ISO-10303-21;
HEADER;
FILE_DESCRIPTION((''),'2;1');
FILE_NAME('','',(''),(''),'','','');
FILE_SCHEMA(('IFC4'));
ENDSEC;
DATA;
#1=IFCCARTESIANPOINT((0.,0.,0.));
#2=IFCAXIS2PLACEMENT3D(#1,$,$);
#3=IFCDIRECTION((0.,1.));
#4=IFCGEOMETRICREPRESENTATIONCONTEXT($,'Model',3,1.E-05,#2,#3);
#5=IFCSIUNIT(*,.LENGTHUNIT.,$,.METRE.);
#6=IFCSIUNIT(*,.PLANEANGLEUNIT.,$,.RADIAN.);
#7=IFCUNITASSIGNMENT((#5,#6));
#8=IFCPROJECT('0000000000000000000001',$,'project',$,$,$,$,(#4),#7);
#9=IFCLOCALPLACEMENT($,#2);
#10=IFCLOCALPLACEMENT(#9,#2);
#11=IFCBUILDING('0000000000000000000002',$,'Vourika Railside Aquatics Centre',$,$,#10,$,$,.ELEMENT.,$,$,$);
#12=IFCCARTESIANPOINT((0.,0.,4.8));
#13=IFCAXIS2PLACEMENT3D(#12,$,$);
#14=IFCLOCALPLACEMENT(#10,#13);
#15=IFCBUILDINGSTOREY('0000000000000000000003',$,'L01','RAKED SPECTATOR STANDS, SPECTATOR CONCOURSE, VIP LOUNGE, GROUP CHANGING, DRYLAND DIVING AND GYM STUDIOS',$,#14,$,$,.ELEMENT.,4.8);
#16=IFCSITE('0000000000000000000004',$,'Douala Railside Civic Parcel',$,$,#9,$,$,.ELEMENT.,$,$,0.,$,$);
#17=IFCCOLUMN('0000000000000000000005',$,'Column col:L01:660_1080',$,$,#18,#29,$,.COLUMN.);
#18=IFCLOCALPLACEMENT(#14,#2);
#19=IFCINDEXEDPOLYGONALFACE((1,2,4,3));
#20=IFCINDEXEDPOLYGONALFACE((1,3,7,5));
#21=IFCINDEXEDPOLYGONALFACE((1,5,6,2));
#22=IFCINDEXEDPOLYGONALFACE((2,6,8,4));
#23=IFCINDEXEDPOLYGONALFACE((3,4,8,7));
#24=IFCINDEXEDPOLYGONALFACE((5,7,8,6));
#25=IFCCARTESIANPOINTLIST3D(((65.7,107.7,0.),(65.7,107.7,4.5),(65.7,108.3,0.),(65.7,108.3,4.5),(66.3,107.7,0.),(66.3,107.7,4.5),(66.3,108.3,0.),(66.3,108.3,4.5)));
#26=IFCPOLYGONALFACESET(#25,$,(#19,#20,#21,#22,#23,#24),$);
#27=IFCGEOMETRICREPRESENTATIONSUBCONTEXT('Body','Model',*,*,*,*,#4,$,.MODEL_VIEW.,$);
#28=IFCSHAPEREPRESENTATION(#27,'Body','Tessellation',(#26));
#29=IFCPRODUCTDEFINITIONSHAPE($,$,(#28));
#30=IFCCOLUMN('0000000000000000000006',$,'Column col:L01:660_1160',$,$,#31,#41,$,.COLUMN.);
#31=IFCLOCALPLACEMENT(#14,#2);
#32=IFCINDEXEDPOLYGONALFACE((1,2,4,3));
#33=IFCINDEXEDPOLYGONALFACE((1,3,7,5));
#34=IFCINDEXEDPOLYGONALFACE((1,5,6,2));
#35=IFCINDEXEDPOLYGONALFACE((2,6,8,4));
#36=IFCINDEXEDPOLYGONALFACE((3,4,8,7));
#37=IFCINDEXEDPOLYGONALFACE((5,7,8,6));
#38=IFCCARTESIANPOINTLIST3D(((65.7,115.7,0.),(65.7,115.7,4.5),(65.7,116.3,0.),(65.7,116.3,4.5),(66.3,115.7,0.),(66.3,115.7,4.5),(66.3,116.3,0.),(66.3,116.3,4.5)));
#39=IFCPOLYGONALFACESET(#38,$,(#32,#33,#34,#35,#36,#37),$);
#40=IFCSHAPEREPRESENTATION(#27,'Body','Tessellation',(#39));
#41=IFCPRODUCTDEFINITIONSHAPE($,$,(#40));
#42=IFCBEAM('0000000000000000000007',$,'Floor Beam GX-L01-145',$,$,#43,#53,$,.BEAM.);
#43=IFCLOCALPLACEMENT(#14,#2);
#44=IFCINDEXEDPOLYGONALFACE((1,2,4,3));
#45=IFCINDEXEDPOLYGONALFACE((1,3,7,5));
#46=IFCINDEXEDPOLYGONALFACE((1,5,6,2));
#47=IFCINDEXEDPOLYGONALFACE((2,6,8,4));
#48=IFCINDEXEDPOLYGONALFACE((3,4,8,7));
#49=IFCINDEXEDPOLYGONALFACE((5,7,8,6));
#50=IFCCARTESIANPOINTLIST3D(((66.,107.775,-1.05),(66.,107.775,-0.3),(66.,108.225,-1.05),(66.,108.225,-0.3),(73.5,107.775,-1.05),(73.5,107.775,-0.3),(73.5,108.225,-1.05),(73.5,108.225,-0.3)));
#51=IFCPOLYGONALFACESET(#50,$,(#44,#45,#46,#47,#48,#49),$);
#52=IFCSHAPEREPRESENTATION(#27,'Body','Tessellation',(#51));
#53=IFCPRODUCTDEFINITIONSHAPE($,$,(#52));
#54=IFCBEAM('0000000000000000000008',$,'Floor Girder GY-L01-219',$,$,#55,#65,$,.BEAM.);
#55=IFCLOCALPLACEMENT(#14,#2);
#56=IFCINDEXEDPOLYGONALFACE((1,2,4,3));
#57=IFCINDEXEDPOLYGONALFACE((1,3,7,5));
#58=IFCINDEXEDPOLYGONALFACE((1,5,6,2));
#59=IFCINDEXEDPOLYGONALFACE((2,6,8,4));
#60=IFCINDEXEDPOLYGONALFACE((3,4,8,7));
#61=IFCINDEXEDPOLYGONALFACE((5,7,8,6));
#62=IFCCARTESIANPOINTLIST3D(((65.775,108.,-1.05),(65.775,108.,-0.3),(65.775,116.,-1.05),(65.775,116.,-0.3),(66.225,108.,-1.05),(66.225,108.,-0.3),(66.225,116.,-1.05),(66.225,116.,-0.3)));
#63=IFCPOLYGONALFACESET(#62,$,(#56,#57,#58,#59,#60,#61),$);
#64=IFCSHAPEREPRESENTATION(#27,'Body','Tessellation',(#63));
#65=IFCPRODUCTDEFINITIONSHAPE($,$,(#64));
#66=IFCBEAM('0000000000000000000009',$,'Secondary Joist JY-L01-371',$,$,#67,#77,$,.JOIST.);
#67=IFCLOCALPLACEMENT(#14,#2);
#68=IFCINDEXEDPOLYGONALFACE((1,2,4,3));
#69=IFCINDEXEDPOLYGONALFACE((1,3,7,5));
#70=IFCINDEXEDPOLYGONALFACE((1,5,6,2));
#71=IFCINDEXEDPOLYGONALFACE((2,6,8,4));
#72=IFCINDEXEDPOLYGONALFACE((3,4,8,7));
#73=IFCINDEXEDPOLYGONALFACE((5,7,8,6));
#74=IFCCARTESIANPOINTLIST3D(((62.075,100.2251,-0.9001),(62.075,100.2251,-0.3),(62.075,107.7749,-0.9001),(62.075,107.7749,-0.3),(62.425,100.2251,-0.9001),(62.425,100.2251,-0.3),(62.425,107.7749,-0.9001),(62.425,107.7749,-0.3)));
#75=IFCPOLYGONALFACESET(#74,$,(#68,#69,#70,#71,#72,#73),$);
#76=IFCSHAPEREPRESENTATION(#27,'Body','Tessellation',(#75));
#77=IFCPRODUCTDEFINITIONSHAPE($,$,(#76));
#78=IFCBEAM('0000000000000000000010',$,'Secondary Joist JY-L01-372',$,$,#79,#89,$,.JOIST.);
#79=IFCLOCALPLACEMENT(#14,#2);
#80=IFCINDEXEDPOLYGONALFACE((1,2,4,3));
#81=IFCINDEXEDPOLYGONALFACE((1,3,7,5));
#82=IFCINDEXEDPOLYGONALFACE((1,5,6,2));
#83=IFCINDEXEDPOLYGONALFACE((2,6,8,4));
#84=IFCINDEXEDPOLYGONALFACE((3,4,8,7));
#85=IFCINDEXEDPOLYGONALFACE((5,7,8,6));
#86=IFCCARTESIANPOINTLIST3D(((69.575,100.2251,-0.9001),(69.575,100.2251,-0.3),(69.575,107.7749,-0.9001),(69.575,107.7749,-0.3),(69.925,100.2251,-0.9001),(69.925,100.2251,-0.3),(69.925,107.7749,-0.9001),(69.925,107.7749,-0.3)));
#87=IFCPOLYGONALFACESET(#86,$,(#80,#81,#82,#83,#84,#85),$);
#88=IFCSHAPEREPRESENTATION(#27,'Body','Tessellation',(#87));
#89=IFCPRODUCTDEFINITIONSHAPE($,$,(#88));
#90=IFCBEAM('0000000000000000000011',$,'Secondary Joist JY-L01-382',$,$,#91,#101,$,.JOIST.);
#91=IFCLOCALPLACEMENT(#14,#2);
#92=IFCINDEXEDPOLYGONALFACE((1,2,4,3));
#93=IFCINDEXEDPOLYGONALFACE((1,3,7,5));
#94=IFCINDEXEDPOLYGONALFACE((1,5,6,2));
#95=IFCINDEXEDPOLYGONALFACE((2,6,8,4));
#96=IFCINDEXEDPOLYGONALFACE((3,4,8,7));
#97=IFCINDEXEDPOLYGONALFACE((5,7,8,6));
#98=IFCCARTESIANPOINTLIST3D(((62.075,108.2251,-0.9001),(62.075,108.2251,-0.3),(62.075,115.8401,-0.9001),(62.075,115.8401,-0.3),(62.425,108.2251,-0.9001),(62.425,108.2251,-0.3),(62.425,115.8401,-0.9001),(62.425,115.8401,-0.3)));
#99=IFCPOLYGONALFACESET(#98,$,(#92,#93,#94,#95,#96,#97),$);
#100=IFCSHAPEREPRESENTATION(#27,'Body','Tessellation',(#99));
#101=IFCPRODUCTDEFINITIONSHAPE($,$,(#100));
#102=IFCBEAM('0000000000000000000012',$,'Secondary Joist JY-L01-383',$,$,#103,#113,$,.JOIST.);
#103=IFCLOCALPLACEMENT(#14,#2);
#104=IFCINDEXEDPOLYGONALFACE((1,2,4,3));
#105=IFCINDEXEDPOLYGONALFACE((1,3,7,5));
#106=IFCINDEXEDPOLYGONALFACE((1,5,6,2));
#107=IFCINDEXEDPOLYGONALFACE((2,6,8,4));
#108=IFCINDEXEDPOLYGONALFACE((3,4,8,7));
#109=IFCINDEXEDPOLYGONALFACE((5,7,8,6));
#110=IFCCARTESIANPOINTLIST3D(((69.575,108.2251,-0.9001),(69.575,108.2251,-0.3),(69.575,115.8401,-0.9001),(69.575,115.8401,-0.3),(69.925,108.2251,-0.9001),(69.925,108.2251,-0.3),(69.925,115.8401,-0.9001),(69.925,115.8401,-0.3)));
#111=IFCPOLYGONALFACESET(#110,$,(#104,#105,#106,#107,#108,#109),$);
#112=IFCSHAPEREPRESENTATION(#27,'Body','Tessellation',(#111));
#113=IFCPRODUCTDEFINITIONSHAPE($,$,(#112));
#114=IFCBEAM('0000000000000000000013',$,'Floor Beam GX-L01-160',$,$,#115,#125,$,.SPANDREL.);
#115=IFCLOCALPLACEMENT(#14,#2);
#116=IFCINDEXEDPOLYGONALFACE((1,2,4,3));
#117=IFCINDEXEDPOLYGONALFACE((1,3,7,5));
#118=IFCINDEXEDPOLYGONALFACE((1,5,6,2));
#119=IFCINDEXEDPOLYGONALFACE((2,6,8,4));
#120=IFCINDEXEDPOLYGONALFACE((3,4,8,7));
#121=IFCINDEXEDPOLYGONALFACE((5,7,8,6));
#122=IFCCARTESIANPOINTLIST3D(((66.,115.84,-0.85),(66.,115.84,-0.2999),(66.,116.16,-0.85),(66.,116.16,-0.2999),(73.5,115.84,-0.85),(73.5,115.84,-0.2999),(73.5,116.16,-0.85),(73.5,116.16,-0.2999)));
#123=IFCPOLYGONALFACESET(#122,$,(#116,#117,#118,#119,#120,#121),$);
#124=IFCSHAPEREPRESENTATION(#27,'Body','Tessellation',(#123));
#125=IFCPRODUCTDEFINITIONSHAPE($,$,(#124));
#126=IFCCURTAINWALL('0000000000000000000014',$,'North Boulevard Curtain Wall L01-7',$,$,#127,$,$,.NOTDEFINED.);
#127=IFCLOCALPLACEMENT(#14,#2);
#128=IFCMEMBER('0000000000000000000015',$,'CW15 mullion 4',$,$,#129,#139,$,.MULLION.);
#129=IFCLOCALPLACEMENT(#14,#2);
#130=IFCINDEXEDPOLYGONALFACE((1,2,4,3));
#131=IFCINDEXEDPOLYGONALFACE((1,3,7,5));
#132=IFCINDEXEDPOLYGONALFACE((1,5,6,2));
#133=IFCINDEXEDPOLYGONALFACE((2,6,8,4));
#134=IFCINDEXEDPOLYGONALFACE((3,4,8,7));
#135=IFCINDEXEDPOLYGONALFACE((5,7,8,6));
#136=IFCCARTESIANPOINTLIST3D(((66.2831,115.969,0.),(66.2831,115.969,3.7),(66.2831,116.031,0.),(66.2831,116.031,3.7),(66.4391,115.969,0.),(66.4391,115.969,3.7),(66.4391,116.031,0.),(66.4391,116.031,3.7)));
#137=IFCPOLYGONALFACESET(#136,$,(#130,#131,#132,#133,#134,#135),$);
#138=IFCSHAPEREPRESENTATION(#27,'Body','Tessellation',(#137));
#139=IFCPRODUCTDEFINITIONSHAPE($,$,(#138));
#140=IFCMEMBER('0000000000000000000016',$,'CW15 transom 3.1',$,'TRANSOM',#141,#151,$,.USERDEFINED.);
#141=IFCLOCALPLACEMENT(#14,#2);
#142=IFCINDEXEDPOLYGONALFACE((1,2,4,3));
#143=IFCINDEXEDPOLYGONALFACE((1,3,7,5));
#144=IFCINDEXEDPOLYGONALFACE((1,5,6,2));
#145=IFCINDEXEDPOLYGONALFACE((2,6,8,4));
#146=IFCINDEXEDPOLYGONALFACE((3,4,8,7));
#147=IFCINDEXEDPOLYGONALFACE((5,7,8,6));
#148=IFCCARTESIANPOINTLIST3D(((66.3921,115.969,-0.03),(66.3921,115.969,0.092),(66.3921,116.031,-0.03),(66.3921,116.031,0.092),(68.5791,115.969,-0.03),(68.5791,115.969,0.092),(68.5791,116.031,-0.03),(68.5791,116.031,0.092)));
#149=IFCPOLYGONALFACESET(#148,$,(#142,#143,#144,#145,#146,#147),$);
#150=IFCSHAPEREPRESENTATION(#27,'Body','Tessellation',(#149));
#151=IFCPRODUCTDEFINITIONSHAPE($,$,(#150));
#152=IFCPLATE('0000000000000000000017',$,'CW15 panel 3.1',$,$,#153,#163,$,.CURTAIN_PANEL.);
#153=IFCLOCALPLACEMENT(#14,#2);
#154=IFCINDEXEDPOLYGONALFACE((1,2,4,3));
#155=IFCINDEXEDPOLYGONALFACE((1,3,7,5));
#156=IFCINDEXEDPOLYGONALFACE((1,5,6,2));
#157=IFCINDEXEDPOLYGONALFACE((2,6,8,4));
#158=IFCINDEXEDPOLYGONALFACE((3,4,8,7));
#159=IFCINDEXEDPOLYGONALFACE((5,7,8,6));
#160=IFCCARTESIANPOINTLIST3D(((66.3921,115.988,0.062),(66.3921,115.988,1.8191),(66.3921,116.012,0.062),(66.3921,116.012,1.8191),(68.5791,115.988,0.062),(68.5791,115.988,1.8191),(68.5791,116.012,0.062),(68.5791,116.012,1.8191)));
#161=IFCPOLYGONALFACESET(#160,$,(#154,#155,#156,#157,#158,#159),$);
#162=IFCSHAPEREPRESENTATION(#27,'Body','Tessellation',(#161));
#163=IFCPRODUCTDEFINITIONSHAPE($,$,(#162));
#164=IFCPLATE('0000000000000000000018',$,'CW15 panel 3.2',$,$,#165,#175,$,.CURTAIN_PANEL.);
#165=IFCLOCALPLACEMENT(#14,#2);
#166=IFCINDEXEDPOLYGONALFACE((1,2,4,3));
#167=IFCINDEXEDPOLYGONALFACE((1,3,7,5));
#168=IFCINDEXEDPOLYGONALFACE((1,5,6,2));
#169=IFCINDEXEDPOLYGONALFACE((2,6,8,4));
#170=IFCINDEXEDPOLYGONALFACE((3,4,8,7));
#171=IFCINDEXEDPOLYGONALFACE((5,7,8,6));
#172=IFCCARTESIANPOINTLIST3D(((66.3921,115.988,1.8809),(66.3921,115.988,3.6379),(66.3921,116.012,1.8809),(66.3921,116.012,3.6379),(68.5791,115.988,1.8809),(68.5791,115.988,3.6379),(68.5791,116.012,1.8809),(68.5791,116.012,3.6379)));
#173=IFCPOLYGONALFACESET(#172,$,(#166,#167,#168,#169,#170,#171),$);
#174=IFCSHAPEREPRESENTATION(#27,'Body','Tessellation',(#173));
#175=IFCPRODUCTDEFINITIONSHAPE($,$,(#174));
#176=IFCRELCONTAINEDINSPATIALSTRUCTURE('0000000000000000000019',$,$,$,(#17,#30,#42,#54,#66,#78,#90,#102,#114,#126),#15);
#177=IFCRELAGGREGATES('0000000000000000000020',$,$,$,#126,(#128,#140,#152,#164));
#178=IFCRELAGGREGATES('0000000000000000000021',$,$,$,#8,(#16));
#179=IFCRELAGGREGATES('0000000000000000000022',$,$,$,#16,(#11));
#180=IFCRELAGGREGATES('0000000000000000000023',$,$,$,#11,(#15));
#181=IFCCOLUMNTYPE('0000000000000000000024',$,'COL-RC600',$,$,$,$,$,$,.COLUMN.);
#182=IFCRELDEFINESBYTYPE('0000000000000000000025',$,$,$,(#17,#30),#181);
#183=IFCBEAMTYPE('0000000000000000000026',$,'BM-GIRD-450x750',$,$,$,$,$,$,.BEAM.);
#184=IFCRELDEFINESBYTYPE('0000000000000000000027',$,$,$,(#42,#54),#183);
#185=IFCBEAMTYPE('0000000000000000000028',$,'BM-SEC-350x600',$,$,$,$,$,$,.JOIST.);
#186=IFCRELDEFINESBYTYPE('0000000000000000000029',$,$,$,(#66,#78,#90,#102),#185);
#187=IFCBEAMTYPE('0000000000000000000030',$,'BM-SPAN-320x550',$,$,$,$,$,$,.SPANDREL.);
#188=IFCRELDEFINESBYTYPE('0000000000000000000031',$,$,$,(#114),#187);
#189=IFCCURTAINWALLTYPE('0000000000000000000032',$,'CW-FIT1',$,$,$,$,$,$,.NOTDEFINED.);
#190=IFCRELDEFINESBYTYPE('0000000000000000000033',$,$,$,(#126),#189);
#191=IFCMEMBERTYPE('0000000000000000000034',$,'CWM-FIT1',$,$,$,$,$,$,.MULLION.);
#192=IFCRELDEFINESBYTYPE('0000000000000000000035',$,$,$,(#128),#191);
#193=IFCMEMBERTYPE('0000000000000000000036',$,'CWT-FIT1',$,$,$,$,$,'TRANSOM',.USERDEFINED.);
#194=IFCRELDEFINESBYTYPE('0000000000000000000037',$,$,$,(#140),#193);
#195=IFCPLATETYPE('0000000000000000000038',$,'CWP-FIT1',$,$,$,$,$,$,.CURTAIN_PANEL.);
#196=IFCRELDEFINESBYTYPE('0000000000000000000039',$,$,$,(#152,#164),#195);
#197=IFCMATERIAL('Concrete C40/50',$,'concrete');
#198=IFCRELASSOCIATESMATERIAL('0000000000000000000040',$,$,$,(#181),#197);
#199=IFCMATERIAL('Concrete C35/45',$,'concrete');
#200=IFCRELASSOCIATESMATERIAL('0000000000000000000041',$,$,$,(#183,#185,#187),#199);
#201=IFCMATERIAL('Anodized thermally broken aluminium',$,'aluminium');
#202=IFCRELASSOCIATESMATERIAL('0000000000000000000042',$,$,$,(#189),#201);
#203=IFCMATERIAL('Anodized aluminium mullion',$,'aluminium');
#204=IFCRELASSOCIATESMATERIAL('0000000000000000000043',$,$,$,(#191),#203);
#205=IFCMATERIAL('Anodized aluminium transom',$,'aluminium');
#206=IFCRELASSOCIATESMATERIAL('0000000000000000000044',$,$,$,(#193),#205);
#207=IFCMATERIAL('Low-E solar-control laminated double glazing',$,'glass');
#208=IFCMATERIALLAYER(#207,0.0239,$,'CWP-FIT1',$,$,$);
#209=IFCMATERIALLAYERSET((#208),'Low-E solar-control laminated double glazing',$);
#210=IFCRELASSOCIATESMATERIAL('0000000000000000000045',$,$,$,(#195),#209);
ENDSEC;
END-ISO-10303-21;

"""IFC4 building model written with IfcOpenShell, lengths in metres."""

from ifc_helpers import new_model, si_unit, direction, frame, origin, origin_2d, place, context, subcontext, project, spatial, rectangle, extrude, material, layer, layer_set, material_profile, profile_set, type_object, element, aggregate, save


model = new_model("IFC4")

# Units and contexts
model_context = context("Model", 3, precision=1e-05, world=origin(), true_north=direction((0.0, 1.0)))
body_context = subcontext(model_context, "Body", "Model", "MODEL_VIEW")
ifc_project = project(units=[si_unit("LENGTHUNIT", "METRE"), si_unit("PLANEANGLEUNIT", "RADIAN")], contexts=[model_context])

# Site, building, storey
site_placement = place(None, origin())
site = spatial("IfcSite", under=ifc_project, at=site_placement, Name="Douala Railside Civic Parcel", CompositionType="ELEMENT", RefElevation=0.0)
building_placement = place(site_placement, origin())
building = spatial("IfcBuilding", under=site, at=building_placement, Name="Vourika Railside Aquatics Centre", CompositionType="ELEMENT")
storey_placement = place(building_placement, frame((0.0, 0.0, 4.8)))
storey = spatial("IfcBuildingStorey", under=building, at=storey_placement, Name="L01", Description="RAKED SPECTATOR STANDS, SPECTATOR CONCOURSE, VIP LOUNGE, GROUP CHANGING, DRYLAND DIVING AND GYM STUDIOS", CompositionType="ELEMENT", Elevation=4.8)

# Columns
ifc_material_1 = material(Name="Concrete C40/50", Category="concrete")
ifc_material_profile_1 = material_profile(ifc_material_1, rectangle(XDim=0.6001, YDim=0.6001, at=origin_2d()), Name="RC 600x600")
ifc_profile_set_1 = profile_set([ifc_material_profile_1], Name="Concrete C40/50")
column_type = type_object("IfcColumnType", Name="COL-RC600", PredefinedType="COLUMN", material=ifc_profile_set_1)
for number, where, z_axis, x_axis, name in (
    (1, (66.0, 108.0, 0.0), (0.0, 0.0, 1.0), (1.0, 0.0, 0.0), "Column col:L01:660_1080"),
    (2, (66.0, 116.0, 0.0), (0.0, 0.0, 1.0), (1.0, 0.0, 0.0), "Column col:L01:660_1160"),
):
    element("IfcColumn", number, at=place(storey_placement, frame(where, z_axis=z_axis, x_axis=x_axis)), inside=storey, type_object=column_type, Name=name, PredefinedType="COLUMN", context=body_context, shape_type="SweptSolid", body=[
        extrude(rectangle(XDim=0.6001, YDim=0.6001, at=origin_2d()), origin(), (0.0, 0.0, 1.0), 4.5),
    ])

# Beams
ifc_material_2 = material(Name="Concrete C35/45", Category="concrete")
ifc_material_profile_2 = material_profile(ifc_material_2, rectangle(XDim=0.45, YDim=0.75, at=origin_2d()), Name="RC 450x750")
ifc_profile_set_2 = profile_set([ifc_material_profile_2], Name="Concrete C35/45")
beam_type_1 = type_object("IfcBeamType", Name="BM-GIRD-450x750", PredefinedType="BEAM", material=ifc_profile_set_2)
beam_1_placement = place(storey_placement, frame((66.0, 108.0, -0.675), z_axis=(1.0, 0.0, 0.0), x_axis=(0.0, 1.0, 0.0)))
element("IfcBeam", 3, at=beam_1_placement, inside=storey, type_object=beam_type_1, Name="Floor Beam GX-L01-145", PredefinedType="BEAM", context=body_context, shape_type="SweptSolid", body=[
    extrude(rectangle(XDim=0.45, YDim=0.75, at=origin_2d()), origin(), (0.0, 0.0, 1.0), 7.5),
])
beam_2_placement = place(storey_placement, frame((66.0, 108.0, -0.675), z_axis=(0.0, 1.0, 0.0), x_axis=(-1.0, 0.0, 0.0)))
element("IfcBeam", 4, at=beam_2_placement, inside=storey, type_object=beam_type_1, Name="Floor Girder GY-L01-219", PredefinedType="BEAM", context=body_context, shape_type="SweptSolid", body=[
    extrude(rectangle(XDim=0.45, YDim=0.75, at=origin_2d()), origin(), (0.0, 0.0, 1.0), 8.0),
])
ifc_material_profile_3 = material_profile(ifc_material_2, rectangle(XDim=0.3501, YDim=0.6001, at=origin_2d()), Name="RC 350x600")
ifc_profile_set_3 = profile_set([ifc_material_profile_3], Name="Concrete C35/45")
beam_type_2 = type_object("IfcBeamType", Name="BM-SEC-350x600", PredefinedType="JOIST", material=ifc_profile_set_3)
for number, where, z_axis, x_axis, name in (
    (5, (62.25, 100.2251, -0.6001), (0.0, 1.0, 0.0), (-1.0, 0.0, 0.0), "Secondary Joist JY-L01-371"),
    (6, (69.75, 100.2251, -0.6001), (0.0, 1.0, 0.0), (-1.0, 0.0, 0.0), "Secondary Joist JY-L01-372"),
):
    element("IfcBeam", number, at=place(storey_placement, frame(where, z_axis=z_axis, x_axis=x_axis)), inside=storey, type_object=beam_type_2, Name=name, PredefinedType="JOIST", context=body_context, shape_type="SweptSolid", body=[
        extrude(rectangle(XDim=0.3501, YDim=0.6001, at=origin_2d()), origin(), (0.0, 0.0, 1.0), 7.5498),
    ])
for number, where, z_axis, x_axis, name in (
    (7, (62.25, 108.2251, -0.6001), (0.0, 1.0, 0.0), (-1.0, 0.0, 0.0), "Secondary Joist JY-L01-382"),
    (8, (69.75, 108.2251, -0.6001), (0.0, 1.0, 0.0), (-1.0, 0.0, 0.0), "Secondary Joist JY-L01-383"),
):
    element("IfcBeam", number, at=place(storey_placement, frame(where, z_axis=z_axis, x_axis=x_axis)), inside=storey, type_object=beam_type_2, Name=name, PredefinedType="JOIST", context=body_context, shape_type="SweptSolid", body=[
        extrude(rectangle(XDim=0.3501, YDim=0.6001, at=origin_2d()), origin(), (0.0, 0.0, 1.0), 7.615),
    ])
ifc_material_profile_4 = material_profile(ifc_material_2, rectangle(XDim=0.3201, YDim=0.55, at=origin_2d()), Name="RC 320x550")
ifc_profile_set_4 = profile_set([ifc_material_profile_4], Name="Concrete C35/45")
beam_type_3 = type_object("IfcBeamType", Name="BM-SPAN-320x550", PredefinedType="SPANDREL", material=ifc_profile_set_4)
beam_3_placement = place(storey_placement, frame((66.0, 116.0, -0.575), z_axis=(1.0, 0.0, 0.0), x_axis=(0.0, 1.0, 0.0)))
element("IfcBeam", 9, at=beam_3_placement, inside=storey, type_object=beam_type_3, Name="Floor Beam GX-L01-160", PredefinedType="SPANDREL", context=body_context, shape_type="SweptSolid", body=[
    extrude(rectangle(XDim=0.3201, YDim=0.55, at=origin_2d()), origin(), (0.0, 0.0, 1.0), 7.5),
])

# Curtain wall, members, plates
ifc_material_3 = material(Name="Anodized thermally broken aluminium", Category="aluminium")
curtain_wall_type = type_object("IfcCurtainWallType", Name="CW-FIT1", PredefinedType="NOTDEFINED", material=ifc_material_3)
curtain_wall_placement = place(storey_placement, origin())
curtain_wall = element("IfcCurtainWall", 10, at=curtain_wall_placement, inside=storey, type_object=curtain_wall_type, Name="North Boulevard Curtain Wall L01-7", PredefinedType="NOTDEFINED")
ifc_material_4 = material(Name="Anodized aluminium mullion", Category="aluminium")
ifc_material_profile_5 = material_profile(ifc_material_4, rectangle(XDim=0.062, YDim=0.156, at=origin_2d()), Name="ALU-M 62x156")
ifc_profile_set_5 = profile_set([ifc_material_profile_5], Name="Anodized aluminium mullion")
member_type_1 = type_object("IfcMemberType", Name="CWM-FIT1", PredefinedType="MULLION", material=ifc_profile_set_5)
member_1_placement = place(storey_placement, frame((66.3611, 116.0, 0.0), z_axis=(0.0, 0.0, 1.0), x_axis=(0.0, -1.0, 0.0)))
member_1 = element("IfcMember", 11, at=member_1_placement, type_object=member_type_1, Name="CW15 mullion 4", PredefinedType="MULLION", context=body_context, shape_type="SweptSolid", body=[
    extrude(rectangle(XDim=0.062, YDim=0.156, at=origin_2d()), origin(), (0.0, 0.0, 1.0), 3.7),
])
ifc_material_5 = material(Name="Anodized aluminium transom", Category="aluminium")
ifc_material_profile_6 = material_profile(ifc_material_5, rectangle(XDim=0.062, YDim=0.1221, at=origin_2d()), Name="ALU-T 62x122")
ifc_profile_set_6 = profile_set([ifc_material_profile_6], Name="Anodized aluminium transom")
member_type_2 = type_object("IfcMemberType", Name="CWT-FIT1", ElementType="TRANSOM", PredefinedType="USERDEFINED", material=ifc_profile_set_6)
member_2_placement = place(storey_placement, frame((68.5791, 116.0, 0.031), z_axis=(-1.0, 0.0, 0.0), x_axis=(0.0, -1.0, 0.0)))
member_2 = element("IfcMember", 12, at=member_2_placement, type_object=member_type_2, Name="CW15 transom 3.1", ObjectType="TRANSOM", PredefinedType="USERDEFINED", context=body_context, shape_type="SweptSolid", body=[
    extrude(rectangle(XDim=0.062, YDim=0.1221, at=origin_2d()), origin(), (0.0, 0.0, 1.0), 2.187),
])
ifc_material_6 = material(Name="Low-E solar-control laminated double glazing", Category="glass")
ifc_layer_1 = layer(ifc_material_6, 0.0239, Name="CWP-FIT1")
ifc_layer_set_1 = layer_set([ifc_layer_1], Name="Low-E solar-control laminated double glazing")
plate_type = type_object("IfcPlateType", Name="CWP-FIT1", PredefinedType="CURTAIN_PANEL", material=ifc_layer_set_1)
plate_1_placement = place(storey_placement, frame((67.4856, 116.0, 0.062), z_axis=(0.0, 0.0, 1.0), x_axis=(-1.0, 0.0, 0.0)))
plate_1 = element("IfcPlate", 13, at=plate_1_placement, type_object=plate_type, Name="CW15 panel 3.1", PredefinedType="CURTAIN_PANEL", context=body_context, shape_type="SweptSolid", body=[
    extrude(rectangle(XDim=2.187, YDim=0.0239, at=origin_2d()), origin(), (0.0, 0.0, 1.0), 1.7571),
])
plate_2_placement = place(storey_placement, frame((67.4856, 116.0, 1.8809), z_axis=(0.0, 0.0, 1.0), x_axis=(-1.0, 0.0, 0.0)))
plate_2 = element("IfcPlate", 14, at=plate_2_placement, type_object=plate_type, Name="CW15 panel 3.2", PredefinedType="CURTAIN_PANEL", context=body_context, shape_type="SweptSolid", body=[
    extrude(rectangle(XDim=2.187, YDim=0.0239, at=origin_2d()), origin(), (0.0, 0.0, 1.0), 1.7571),
])
aggregate(curtain_wall, [member_1, member_2, plate_1, plate_2])

save(model, "model.ifc")
